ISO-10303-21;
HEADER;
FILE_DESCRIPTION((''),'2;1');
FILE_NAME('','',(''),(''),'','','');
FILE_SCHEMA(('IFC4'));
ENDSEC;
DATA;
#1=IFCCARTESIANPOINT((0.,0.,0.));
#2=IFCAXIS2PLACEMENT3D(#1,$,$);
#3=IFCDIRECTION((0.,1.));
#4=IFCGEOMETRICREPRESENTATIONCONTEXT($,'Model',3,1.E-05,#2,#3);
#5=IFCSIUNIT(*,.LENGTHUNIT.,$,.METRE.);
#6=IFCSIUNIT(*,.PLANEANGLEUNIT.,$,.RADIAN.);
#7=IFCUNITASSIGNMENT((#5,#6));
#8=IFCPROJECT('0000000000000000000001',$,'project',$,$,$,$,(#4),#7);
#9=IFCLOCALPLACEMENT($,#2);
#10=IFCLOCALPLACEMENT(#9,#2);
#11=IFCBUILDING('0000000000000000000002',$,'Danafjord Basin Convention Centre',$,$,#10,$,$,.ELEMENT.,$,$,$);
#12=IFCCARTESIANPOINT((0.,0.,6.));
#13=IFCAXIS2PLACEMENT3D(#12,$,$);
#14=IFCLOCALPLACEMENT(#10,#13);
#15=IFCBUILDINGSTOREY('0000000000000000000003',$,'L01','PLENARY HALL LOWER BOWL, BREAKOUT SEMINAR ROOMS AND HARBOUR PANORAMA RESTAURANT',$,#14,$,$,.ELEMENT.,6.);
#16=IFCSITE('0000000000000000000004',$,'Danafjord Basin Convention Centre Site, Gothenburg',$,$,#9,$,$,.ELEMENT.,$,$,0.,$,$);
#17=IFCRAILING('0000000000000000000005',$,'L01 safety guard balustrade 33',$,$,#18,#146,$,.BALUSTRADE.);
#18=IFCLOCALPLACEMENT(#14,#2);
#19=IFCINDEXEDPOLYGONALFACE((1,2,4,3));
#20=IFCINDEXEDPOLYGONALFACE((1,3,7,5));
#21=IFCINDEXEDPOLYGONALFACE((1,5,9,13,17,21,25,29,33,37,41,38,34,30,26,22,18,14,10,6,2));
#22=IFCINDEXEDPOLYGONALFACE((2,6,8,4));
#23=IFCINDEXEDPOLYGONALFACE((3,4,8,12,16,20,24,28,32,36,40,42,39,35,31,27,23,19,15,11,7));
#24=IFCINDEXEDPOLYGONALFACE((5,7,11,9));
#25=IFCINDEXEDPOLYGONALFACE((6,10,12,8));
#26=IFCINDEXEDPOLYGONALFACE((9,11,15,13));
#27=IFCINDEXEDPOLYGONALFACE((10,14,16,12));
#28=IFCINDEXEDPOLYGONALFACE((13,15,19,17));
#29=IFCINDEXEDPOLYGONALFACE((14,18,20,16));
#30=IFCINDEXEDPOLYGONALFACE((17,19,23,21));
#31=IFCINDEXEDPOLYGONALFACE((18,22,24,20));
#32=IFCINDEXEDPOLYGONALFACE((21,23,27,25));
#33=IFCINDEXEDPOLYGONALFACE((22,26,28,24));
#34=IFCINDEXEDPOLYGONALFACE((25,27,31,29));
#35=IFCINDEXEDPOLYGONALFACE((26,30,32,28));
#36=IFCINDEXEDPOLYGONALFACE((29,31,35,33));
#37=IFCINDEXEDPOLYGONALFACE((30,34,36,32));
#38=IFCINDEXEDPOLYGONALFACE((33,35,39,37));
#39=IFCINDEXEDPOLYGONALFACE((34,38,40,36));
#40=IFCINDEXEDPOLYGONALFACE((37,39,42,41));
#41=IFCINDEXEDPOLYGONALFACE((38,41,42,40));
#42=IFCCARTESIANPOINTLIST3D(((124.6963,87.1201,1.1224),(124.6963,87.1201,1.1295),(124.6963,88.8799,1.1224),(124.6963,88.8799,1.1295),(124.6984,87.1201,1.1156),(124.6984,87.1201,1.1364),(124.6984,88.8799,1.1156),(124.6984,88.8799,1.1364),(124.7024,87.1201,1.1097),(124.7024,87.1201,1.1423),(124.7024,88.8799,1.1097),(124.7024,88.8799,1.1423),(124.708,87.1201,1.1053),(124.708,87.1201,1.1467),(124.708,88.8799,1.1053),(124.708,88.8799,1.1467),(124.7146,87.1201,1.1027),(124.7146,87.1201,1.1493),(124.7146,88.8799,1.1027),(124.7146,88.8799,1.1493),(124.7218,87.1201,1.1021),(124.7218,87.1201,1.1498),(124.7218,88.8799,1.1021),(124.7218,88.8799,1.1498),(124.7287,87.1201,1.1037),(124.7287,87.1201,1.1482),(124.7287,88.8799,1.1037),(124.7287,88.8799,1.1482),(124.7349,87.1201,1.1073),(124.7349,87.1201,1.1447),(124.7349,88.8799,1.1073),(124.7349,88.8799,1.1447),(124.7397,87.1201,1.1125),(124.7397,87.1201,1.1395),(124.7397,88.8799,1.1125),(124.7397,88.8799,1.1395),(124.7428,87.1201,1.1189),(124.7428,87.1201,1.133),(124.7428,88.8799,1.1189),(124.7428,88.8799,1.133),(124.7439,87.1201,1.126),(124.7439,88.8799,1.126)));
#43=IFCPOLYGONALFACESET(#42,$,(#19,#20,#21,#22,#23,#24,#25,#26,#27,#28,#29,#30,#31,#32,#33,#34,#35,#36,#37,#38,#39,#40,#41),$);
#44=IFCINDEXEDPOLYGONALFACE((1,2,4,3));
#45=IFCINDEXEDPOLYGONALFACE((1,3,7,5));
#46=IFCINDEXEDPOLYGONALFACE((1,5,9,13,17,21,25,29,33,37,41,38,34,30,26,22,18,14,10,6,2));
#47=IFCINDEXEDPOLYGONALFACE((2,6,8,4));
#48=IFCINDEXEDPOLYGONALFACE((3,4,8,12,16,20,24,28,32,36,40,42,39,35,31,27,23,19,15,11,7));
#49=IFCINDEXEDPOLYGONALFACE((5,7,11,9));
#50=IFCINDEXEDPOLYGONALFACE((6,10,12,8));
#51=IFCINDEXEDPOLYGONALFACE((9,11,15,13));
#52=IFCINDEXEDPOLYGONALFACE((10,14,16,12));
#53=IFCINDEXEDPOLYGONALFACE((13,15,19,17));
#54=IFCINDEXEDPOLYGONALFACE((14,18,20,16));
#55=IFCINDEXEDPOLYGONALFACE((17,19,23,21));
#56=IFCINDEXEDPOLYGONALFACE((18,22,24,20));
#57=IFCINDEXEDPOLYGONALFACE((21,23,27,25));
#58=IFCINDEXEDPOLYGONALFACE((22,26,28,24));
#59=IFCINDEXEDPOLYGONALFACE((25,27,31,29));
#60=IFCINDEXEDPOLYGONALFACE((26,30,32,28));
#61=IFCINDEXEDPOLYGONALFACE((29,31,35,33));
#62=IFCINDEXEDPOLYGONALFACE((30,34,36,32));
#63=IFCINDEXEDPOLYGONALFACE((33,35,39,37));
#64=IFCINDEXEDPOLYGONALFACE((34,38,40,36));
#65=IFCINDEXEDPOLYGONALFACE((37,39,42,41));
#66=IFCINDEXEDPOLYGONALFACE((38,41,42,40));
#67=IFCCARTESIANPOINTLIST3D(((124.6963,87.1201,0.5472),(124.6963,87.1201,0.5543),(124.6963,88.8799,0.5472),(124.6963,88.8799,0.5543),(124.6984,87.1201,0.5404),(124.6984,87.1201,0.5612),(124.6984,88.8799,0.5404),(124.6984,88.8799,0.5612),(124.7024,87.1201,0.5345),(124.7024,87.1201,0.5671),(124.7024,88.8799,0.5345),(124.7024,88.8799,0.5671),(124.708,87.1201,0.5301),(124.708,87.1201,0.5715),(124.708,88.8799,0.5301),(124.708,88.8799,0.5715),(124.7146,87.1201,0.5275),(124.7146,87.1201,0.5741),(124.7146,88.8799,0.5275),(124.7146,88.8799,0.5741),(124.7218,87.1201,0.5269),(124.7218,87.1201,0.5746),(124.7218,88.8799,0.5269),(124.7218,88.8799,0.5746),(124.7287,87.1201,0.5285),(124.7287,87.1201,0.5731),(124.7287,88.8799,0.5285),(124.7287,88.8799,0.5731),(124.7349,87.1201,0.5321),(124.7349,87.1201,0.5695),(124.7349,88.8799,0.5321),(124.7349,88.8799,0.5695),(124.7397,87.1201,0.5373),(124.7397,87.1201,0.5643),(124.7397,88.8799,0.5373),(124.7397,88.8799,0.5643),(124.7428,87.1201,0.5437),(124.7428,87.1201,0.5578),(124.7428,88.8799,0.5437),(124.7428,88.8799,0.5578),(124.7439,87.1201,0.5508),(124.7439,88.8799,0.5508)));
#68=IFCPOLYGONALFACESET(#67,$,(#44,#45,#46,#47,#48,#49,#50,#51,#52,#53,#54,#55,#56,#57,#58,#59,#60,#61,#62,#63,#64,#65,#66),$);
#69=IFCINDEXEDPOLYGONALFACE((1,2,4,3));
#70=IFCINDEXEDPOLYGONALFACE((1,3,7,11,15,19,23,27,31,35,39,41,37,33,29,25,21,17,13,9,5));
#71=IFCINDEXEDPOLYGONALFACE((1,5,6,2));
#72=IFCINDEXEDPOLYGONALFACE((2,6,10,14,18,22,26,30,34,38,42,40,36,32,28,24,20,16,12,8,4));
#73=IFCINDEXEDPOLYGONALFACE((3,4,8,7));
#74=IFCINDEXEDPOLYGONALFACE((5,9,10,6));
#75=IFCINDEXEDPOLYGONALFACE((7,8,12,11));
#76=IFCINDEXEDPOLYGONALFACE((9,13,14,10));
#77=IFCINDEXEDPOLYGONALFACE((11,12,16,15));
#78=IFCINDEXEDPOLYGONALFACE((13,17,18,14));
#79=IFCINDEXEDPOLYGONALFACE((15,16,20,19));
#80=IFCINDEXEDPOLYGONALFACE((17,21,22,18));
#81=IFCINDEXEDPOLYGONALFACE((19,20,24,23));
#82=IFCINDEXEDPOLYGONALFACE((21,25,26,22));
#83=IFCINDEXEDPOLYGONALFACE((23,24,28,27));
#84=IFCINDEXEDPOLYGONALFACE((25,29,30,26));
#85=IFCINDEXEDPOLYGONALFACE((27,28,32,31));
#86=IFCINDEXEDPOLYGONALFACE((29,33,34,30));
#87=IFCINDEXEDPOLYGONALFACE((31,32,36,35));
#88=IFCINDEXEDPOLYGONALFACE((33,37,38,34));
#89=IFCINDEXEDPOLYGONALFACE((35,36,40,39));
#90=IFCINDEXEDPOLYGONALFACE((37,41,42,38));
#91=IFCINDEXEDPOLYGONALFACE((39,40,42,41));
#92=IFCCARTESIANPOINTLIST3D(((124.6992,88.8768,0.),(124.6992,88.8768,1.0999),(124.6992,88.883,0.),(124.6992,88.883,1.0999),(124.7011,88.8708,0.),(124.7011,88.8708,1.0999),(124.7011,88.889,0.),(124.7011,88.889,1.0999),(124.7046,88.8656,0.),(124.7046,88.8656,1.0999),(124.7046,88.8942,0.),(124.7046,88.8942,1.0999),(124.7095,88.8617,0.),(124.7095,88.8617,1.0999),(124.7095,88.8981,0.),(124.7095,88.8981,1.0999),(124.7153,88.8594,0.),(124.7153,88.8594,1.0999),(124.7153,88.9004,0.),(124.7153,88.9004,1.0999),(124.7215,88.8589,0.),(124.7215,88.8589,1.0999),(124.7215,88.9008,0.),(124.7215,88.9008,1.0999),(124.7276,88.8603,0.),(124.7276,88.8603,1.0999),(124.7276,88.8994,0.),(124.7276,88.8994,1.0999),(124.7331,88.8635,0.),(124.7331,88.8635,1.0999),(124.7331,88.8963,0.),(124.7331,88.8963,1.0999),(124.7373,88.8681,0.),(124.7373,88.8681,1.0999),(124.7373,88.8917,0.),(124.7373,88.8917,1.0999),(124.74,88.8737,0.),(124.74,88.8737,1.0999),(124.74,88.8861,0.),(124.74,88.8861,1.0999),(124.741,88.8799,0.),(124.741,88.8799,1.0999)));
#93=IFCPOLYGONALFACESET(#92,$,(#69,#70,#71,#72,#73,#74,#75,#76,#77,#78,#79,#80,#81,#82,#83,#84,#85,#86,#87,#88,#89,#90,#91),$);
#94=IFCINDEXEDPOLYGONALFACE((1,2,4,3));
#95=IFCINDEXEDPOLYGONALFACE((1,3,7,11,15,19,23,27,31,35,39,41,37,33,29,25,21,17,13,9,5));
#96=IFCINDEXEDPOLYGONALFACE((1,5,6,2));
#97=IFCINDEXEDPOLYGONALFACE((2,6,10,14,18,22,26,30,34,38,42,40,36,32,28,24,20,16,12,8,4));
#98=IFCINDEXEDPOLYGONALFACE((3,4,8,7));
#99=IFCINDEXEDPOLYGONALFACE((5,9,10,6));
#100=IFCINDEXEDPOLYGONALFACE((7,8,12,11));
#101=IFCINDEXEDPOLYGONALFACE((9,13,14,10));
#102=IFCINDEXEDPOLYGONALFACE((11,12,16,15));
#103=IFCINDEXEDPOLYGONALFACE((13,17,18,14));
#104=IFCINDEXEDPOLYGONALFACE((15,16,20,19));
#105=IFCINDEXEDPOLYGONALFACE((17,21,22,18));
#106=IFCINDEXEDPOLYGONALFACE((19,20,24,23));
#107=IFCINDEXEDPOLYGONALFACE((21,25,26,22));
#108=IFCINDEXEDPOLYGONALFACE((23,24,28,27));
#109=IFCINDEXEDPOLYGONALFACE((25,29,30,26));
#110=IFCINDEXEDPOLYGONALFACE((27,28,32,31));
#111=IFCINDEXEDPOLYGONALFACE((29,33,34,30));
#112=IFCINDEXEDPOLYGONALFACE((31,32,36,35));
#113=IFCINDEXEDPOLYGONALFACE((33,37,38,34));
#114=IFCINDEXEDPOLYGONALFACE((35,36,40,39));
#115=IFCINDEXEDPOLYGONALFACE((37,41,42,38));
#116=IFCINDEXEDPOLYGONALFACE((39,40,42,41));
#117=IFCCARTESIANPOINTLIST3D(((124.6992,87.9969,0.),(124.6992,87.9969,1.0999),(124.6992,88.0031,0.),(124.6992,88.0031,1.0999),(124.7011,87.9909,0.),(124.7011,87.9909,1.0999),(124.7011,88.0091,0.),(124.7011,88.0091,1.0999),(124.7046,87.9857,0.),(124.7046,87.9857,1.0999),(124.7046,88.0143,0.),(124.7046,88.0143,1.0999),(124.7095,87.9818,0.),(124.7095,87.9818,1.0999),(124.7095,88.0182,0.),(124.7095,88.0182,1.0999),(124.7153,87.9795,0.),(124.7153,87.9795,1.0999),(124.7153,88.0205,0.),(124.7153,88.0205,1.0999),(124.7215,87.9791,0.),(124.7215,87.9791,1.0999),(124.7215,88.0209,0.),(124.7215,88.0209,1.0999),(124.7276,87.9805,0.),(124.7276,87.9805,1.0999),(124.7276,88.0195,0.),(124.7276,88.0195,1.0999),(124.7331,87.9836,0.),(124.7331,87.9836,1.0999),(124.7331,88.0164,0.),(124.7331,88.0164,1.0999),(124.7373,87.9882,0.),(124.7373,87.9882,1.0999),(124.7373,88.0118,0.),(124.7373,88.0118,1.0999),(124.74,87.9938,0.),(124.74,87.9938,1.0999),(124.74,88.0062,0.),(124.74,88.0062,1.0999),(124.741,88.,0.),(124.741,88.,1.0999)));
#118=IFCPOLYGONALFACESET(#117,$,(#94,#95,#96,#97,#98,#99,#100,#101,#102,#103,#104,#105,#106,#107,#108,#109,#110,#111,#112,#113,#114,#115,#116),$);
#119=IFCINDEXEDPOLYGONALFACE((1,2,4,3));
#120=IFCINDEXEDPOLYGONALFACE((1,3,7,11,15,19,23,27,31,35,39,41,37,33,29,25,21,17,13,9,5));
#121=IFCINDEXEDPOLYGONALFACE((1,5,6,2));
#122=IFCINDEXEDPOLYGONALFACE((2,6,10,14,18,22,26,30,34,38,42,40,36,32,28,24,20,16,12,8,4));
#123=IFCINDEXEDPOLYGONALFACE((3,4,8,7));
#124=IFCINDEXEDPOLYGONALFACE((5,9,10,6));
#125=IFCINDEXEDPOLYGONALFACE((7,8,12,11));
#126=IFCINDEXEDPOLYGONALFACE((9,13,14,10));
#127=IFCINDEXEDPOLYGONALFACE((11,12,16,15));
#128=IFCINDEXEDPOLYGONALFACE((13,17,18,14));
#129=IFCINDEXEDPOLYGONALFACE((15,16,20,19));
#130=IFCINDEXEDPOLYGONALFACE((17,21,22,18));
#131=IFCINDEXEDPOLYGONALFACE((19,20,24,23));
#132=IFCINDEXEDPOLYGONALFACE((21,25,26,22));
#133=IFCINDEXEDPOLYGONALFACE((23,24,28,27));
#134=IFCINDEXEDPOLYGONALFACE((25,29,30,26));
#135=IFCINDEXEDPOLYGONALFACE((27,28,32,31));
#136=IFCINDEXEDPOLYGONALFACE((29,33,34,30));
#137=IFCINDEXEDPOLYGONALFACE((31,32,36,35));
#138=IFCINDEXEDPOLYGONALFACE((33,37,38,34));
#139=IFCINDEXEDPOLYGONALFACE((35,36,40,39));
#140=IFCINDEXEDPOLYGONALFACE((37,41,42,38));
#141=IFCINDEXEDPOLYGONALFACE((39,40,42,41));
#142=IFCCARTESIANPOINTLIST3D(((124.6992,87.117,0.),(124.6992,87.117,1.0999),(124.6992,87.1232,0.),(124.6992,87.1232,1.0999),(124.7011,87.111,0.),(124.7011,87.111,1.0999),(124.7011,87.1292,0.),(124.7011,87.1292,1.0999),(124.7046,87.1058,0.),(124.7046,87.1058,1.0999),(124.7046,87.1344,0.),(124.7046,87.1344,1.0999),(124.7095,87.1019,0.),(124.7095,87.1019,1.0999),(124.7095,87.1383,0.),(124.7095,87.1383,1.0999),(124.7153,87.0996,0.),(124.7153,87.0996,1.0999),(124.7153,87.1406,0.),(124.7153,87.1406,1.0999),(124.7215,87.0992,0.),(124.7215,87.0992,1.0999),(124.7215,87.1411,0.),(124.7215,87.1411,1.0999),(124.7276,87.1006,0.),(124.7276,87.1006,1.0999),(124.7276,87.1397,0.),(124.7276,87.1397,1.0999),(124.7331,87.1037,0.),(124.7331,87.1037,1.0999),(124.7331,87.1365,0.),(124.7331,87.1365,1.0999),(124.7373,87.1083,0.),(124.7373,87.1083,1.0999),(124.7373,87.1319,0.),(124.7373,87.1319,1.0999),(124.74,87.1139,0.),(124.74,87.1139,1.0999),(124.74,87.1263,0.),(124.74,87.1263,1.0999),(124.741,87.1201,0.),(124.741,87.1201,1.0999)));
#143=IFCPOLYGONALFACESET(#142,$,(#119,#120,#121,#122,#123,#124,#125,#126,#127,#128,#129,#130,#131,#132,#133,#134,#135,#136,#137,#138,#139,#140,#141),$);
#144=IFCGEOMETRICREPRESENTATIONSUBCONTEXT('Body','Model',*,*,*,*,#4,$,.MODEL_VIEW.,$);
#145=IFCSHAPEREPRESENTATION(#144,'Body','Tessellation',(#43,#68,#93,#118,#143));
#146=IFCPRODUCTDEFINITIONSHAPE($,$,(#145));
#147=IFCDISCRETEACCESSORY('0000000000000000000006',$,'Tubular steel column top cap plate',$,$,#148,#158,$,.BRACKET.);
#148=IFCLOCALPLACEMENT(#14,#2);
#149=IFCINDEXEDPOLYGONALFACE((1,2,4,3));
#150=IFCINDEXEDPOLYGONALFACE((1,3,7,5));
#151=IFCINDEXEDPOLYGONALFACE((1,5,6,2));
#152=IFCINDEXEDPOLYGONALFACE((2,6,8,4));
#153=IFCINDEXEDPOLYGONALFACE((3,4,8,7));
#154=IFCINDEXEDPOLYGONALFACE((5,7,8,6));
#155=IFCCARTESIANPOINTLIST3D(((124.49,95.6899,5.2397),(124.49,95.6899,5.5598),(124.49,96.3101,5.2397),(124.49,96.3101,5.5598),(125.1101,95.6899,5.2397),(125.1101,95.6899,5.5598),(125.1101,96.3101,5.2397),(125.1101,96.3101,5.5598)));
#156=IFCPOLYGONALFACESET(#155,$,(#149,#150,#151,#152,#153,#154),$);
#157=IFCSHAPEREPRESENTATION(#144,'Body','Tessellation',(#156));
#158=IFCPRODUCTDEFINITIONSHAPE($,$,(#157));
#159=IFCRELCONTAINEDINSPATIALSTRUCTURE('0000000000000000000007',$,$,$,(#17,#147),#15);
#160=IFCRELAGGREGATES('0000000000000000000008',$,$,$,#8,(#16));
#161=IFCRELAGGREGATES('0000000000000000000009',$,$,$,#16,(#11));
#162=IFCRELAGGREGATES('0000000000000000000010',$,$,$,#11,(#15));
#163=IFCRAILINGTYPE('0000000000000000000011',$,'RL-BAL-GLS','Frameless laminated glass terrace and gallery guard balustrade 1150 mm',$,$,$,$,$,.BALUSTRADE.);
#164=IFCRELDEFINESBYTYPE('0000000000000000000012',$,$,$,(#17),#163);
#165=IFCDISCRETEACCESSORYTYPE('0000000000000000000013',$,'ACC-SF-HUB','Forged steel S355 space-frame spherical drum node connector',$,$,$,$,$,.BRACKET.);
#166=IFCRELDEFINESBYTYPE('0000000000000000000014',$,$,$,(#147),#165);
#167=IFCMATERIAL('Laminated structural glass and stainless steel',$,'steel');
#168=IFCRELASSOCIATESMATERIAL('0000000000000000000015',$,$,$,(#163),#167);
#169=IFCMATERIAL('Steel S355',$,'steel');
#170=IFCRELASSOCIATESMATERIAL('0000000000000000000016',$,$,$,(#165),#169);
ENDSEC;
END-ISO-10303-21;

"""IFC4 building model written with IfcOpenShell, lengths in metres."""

from ifc_helpers import new_model, si_unit, direction, frame, origin, origin_2d, place, context, subcontext, project, spatial, rectangle, circle, extrude, material, type_object, element, save


model = new_model("IFC4")

# Units and contexts
model_context = context("Model", 3, precision=1e-05, world=origin(), true_north=direction((0.0, 1.0)))
body_context = subcontext(model_context, "Body", "Model", "MODEL_VIEW")
ifc_project = project(units=[si_unit("LENGTHUNIT", "METRE"), si_unit("PLANEANGLEUNIT", "RADIAN")], contexts=[model_context])

# Site, building, storey
site_placement = place(None, origin())
site = spatial("IfcSite", under=ifc_project, at=site_placement, Name="Danafjord Basin Convention Centre Site, Gothenburg", CompositionType="ELEMENT", RefElevation=0.0)
building_placement = place(site_placement, origin())
building = spatial("IfcBuilding", under=site, at=building_placement, Name="Danafjord Basin Convention Centre", CompositionType="ELEMENT")
storey_placement = place(building_placement, frame((0.0, 0.0, 6.0)))
storey = spatial("IfcBuildingStorey", under=building, at=storey_placement, Name="L01", Description="PLENARY HALL LOWER BOWL, BREAKOUT SEMINAR ROOMS AND HARBOUR PANORAMA RESTAURANT", CompositionType="ELEMENT", Elevation=6.0)

# Shared definitions
ifc_material_1 = material(Name="Steel S355", Category="steel")

# Railing
ifc_material_2 = material(Name="Laminated structural glass and stainless steel", Category="steel")
railing_type = type_object("IfcRailingType", Name="RL-BAL-GLS", Description="Frameless laminated glass terrace and gallery guard balustrade 1150 mm", PredefinedType="BALUSTRADE", material=ifc_material_2)
for number, where, name in (
    (1, (124.72, 88.8799, 0.0), "L01 safety guard balustrade 33"),
):
    element("IfcRailing", number, at=place(storey_placement, frame(where)), inside=storey, type_object=railing_type, Name=name, PredefinedType="BALUSTRADE", context=body_context, shape_type="SweptSolid", body=[
        extrude(circle(Radius=0.0239, at=origin_2d()), frame((0.0, 0.0, 1.126), z_axis=(0.0, -1.0, 0.0), x_axis=(1.0, 0.0, 0.0)), (0.0, 0.0, 1.0), 1.7598),
        extrude(circle(Radius=0.0239, at=origin_2d()), frame((0.0, 0.0, 0.5508), z_axis=(0.0, -1.0, 0.0), x_axis=(1.0, 0.0, 0.0)), (0.0, 0.0, 1.0), 1.7598),
        extrude(circle(Radius=0.021, at=origin_2d()), origin(), (0.0, 0.0, 1.0), 1.0999),
        extrude(circle(Radius=0.021, at=origin_2d()), frame((0.0, -0.8799, 0.0)), (0.0, 0.0, 1.0), 1.0999),
        extrude(circle(Radius=0.021, at=origin_2d()), frame((0.0, -1.7598, 0.0)), (0.0, 0.0, 1.0), 1.0999),
    ])

# Discrete accessory
discrete_accessory_type = type_object("IfcDiscreteAccessoryType", Name="ACC-SF-HUB", Description="Forged steel S355 space-frame spherical drum node connector", PredefinedType="BRACKET", material=ifc_material_1)
discrete_accessory_placement = place(storey_placement, frame((124.8, 96.0, 5.2397), z_axis=(0.0, 0.0, 1.0), x_axis=(1.0, 0.0, 0.0)))
element("IfcDiscreteAccessory", 2, at=discrete_accessory_placement, inside=storey, type_object=discrete_accessory_type, Name="Tubular steel column top cap plate", PredefinedType="BRACKET", context=body_context, shape_type="SweptSolid", body=[
    extrude(rectangle(XDim=0.6201, YDim=0.6201, at=origin_2d()), origin(), (0.0, 0.0, 1.0), 0.3201),
])

save(model, "model.ifc")
